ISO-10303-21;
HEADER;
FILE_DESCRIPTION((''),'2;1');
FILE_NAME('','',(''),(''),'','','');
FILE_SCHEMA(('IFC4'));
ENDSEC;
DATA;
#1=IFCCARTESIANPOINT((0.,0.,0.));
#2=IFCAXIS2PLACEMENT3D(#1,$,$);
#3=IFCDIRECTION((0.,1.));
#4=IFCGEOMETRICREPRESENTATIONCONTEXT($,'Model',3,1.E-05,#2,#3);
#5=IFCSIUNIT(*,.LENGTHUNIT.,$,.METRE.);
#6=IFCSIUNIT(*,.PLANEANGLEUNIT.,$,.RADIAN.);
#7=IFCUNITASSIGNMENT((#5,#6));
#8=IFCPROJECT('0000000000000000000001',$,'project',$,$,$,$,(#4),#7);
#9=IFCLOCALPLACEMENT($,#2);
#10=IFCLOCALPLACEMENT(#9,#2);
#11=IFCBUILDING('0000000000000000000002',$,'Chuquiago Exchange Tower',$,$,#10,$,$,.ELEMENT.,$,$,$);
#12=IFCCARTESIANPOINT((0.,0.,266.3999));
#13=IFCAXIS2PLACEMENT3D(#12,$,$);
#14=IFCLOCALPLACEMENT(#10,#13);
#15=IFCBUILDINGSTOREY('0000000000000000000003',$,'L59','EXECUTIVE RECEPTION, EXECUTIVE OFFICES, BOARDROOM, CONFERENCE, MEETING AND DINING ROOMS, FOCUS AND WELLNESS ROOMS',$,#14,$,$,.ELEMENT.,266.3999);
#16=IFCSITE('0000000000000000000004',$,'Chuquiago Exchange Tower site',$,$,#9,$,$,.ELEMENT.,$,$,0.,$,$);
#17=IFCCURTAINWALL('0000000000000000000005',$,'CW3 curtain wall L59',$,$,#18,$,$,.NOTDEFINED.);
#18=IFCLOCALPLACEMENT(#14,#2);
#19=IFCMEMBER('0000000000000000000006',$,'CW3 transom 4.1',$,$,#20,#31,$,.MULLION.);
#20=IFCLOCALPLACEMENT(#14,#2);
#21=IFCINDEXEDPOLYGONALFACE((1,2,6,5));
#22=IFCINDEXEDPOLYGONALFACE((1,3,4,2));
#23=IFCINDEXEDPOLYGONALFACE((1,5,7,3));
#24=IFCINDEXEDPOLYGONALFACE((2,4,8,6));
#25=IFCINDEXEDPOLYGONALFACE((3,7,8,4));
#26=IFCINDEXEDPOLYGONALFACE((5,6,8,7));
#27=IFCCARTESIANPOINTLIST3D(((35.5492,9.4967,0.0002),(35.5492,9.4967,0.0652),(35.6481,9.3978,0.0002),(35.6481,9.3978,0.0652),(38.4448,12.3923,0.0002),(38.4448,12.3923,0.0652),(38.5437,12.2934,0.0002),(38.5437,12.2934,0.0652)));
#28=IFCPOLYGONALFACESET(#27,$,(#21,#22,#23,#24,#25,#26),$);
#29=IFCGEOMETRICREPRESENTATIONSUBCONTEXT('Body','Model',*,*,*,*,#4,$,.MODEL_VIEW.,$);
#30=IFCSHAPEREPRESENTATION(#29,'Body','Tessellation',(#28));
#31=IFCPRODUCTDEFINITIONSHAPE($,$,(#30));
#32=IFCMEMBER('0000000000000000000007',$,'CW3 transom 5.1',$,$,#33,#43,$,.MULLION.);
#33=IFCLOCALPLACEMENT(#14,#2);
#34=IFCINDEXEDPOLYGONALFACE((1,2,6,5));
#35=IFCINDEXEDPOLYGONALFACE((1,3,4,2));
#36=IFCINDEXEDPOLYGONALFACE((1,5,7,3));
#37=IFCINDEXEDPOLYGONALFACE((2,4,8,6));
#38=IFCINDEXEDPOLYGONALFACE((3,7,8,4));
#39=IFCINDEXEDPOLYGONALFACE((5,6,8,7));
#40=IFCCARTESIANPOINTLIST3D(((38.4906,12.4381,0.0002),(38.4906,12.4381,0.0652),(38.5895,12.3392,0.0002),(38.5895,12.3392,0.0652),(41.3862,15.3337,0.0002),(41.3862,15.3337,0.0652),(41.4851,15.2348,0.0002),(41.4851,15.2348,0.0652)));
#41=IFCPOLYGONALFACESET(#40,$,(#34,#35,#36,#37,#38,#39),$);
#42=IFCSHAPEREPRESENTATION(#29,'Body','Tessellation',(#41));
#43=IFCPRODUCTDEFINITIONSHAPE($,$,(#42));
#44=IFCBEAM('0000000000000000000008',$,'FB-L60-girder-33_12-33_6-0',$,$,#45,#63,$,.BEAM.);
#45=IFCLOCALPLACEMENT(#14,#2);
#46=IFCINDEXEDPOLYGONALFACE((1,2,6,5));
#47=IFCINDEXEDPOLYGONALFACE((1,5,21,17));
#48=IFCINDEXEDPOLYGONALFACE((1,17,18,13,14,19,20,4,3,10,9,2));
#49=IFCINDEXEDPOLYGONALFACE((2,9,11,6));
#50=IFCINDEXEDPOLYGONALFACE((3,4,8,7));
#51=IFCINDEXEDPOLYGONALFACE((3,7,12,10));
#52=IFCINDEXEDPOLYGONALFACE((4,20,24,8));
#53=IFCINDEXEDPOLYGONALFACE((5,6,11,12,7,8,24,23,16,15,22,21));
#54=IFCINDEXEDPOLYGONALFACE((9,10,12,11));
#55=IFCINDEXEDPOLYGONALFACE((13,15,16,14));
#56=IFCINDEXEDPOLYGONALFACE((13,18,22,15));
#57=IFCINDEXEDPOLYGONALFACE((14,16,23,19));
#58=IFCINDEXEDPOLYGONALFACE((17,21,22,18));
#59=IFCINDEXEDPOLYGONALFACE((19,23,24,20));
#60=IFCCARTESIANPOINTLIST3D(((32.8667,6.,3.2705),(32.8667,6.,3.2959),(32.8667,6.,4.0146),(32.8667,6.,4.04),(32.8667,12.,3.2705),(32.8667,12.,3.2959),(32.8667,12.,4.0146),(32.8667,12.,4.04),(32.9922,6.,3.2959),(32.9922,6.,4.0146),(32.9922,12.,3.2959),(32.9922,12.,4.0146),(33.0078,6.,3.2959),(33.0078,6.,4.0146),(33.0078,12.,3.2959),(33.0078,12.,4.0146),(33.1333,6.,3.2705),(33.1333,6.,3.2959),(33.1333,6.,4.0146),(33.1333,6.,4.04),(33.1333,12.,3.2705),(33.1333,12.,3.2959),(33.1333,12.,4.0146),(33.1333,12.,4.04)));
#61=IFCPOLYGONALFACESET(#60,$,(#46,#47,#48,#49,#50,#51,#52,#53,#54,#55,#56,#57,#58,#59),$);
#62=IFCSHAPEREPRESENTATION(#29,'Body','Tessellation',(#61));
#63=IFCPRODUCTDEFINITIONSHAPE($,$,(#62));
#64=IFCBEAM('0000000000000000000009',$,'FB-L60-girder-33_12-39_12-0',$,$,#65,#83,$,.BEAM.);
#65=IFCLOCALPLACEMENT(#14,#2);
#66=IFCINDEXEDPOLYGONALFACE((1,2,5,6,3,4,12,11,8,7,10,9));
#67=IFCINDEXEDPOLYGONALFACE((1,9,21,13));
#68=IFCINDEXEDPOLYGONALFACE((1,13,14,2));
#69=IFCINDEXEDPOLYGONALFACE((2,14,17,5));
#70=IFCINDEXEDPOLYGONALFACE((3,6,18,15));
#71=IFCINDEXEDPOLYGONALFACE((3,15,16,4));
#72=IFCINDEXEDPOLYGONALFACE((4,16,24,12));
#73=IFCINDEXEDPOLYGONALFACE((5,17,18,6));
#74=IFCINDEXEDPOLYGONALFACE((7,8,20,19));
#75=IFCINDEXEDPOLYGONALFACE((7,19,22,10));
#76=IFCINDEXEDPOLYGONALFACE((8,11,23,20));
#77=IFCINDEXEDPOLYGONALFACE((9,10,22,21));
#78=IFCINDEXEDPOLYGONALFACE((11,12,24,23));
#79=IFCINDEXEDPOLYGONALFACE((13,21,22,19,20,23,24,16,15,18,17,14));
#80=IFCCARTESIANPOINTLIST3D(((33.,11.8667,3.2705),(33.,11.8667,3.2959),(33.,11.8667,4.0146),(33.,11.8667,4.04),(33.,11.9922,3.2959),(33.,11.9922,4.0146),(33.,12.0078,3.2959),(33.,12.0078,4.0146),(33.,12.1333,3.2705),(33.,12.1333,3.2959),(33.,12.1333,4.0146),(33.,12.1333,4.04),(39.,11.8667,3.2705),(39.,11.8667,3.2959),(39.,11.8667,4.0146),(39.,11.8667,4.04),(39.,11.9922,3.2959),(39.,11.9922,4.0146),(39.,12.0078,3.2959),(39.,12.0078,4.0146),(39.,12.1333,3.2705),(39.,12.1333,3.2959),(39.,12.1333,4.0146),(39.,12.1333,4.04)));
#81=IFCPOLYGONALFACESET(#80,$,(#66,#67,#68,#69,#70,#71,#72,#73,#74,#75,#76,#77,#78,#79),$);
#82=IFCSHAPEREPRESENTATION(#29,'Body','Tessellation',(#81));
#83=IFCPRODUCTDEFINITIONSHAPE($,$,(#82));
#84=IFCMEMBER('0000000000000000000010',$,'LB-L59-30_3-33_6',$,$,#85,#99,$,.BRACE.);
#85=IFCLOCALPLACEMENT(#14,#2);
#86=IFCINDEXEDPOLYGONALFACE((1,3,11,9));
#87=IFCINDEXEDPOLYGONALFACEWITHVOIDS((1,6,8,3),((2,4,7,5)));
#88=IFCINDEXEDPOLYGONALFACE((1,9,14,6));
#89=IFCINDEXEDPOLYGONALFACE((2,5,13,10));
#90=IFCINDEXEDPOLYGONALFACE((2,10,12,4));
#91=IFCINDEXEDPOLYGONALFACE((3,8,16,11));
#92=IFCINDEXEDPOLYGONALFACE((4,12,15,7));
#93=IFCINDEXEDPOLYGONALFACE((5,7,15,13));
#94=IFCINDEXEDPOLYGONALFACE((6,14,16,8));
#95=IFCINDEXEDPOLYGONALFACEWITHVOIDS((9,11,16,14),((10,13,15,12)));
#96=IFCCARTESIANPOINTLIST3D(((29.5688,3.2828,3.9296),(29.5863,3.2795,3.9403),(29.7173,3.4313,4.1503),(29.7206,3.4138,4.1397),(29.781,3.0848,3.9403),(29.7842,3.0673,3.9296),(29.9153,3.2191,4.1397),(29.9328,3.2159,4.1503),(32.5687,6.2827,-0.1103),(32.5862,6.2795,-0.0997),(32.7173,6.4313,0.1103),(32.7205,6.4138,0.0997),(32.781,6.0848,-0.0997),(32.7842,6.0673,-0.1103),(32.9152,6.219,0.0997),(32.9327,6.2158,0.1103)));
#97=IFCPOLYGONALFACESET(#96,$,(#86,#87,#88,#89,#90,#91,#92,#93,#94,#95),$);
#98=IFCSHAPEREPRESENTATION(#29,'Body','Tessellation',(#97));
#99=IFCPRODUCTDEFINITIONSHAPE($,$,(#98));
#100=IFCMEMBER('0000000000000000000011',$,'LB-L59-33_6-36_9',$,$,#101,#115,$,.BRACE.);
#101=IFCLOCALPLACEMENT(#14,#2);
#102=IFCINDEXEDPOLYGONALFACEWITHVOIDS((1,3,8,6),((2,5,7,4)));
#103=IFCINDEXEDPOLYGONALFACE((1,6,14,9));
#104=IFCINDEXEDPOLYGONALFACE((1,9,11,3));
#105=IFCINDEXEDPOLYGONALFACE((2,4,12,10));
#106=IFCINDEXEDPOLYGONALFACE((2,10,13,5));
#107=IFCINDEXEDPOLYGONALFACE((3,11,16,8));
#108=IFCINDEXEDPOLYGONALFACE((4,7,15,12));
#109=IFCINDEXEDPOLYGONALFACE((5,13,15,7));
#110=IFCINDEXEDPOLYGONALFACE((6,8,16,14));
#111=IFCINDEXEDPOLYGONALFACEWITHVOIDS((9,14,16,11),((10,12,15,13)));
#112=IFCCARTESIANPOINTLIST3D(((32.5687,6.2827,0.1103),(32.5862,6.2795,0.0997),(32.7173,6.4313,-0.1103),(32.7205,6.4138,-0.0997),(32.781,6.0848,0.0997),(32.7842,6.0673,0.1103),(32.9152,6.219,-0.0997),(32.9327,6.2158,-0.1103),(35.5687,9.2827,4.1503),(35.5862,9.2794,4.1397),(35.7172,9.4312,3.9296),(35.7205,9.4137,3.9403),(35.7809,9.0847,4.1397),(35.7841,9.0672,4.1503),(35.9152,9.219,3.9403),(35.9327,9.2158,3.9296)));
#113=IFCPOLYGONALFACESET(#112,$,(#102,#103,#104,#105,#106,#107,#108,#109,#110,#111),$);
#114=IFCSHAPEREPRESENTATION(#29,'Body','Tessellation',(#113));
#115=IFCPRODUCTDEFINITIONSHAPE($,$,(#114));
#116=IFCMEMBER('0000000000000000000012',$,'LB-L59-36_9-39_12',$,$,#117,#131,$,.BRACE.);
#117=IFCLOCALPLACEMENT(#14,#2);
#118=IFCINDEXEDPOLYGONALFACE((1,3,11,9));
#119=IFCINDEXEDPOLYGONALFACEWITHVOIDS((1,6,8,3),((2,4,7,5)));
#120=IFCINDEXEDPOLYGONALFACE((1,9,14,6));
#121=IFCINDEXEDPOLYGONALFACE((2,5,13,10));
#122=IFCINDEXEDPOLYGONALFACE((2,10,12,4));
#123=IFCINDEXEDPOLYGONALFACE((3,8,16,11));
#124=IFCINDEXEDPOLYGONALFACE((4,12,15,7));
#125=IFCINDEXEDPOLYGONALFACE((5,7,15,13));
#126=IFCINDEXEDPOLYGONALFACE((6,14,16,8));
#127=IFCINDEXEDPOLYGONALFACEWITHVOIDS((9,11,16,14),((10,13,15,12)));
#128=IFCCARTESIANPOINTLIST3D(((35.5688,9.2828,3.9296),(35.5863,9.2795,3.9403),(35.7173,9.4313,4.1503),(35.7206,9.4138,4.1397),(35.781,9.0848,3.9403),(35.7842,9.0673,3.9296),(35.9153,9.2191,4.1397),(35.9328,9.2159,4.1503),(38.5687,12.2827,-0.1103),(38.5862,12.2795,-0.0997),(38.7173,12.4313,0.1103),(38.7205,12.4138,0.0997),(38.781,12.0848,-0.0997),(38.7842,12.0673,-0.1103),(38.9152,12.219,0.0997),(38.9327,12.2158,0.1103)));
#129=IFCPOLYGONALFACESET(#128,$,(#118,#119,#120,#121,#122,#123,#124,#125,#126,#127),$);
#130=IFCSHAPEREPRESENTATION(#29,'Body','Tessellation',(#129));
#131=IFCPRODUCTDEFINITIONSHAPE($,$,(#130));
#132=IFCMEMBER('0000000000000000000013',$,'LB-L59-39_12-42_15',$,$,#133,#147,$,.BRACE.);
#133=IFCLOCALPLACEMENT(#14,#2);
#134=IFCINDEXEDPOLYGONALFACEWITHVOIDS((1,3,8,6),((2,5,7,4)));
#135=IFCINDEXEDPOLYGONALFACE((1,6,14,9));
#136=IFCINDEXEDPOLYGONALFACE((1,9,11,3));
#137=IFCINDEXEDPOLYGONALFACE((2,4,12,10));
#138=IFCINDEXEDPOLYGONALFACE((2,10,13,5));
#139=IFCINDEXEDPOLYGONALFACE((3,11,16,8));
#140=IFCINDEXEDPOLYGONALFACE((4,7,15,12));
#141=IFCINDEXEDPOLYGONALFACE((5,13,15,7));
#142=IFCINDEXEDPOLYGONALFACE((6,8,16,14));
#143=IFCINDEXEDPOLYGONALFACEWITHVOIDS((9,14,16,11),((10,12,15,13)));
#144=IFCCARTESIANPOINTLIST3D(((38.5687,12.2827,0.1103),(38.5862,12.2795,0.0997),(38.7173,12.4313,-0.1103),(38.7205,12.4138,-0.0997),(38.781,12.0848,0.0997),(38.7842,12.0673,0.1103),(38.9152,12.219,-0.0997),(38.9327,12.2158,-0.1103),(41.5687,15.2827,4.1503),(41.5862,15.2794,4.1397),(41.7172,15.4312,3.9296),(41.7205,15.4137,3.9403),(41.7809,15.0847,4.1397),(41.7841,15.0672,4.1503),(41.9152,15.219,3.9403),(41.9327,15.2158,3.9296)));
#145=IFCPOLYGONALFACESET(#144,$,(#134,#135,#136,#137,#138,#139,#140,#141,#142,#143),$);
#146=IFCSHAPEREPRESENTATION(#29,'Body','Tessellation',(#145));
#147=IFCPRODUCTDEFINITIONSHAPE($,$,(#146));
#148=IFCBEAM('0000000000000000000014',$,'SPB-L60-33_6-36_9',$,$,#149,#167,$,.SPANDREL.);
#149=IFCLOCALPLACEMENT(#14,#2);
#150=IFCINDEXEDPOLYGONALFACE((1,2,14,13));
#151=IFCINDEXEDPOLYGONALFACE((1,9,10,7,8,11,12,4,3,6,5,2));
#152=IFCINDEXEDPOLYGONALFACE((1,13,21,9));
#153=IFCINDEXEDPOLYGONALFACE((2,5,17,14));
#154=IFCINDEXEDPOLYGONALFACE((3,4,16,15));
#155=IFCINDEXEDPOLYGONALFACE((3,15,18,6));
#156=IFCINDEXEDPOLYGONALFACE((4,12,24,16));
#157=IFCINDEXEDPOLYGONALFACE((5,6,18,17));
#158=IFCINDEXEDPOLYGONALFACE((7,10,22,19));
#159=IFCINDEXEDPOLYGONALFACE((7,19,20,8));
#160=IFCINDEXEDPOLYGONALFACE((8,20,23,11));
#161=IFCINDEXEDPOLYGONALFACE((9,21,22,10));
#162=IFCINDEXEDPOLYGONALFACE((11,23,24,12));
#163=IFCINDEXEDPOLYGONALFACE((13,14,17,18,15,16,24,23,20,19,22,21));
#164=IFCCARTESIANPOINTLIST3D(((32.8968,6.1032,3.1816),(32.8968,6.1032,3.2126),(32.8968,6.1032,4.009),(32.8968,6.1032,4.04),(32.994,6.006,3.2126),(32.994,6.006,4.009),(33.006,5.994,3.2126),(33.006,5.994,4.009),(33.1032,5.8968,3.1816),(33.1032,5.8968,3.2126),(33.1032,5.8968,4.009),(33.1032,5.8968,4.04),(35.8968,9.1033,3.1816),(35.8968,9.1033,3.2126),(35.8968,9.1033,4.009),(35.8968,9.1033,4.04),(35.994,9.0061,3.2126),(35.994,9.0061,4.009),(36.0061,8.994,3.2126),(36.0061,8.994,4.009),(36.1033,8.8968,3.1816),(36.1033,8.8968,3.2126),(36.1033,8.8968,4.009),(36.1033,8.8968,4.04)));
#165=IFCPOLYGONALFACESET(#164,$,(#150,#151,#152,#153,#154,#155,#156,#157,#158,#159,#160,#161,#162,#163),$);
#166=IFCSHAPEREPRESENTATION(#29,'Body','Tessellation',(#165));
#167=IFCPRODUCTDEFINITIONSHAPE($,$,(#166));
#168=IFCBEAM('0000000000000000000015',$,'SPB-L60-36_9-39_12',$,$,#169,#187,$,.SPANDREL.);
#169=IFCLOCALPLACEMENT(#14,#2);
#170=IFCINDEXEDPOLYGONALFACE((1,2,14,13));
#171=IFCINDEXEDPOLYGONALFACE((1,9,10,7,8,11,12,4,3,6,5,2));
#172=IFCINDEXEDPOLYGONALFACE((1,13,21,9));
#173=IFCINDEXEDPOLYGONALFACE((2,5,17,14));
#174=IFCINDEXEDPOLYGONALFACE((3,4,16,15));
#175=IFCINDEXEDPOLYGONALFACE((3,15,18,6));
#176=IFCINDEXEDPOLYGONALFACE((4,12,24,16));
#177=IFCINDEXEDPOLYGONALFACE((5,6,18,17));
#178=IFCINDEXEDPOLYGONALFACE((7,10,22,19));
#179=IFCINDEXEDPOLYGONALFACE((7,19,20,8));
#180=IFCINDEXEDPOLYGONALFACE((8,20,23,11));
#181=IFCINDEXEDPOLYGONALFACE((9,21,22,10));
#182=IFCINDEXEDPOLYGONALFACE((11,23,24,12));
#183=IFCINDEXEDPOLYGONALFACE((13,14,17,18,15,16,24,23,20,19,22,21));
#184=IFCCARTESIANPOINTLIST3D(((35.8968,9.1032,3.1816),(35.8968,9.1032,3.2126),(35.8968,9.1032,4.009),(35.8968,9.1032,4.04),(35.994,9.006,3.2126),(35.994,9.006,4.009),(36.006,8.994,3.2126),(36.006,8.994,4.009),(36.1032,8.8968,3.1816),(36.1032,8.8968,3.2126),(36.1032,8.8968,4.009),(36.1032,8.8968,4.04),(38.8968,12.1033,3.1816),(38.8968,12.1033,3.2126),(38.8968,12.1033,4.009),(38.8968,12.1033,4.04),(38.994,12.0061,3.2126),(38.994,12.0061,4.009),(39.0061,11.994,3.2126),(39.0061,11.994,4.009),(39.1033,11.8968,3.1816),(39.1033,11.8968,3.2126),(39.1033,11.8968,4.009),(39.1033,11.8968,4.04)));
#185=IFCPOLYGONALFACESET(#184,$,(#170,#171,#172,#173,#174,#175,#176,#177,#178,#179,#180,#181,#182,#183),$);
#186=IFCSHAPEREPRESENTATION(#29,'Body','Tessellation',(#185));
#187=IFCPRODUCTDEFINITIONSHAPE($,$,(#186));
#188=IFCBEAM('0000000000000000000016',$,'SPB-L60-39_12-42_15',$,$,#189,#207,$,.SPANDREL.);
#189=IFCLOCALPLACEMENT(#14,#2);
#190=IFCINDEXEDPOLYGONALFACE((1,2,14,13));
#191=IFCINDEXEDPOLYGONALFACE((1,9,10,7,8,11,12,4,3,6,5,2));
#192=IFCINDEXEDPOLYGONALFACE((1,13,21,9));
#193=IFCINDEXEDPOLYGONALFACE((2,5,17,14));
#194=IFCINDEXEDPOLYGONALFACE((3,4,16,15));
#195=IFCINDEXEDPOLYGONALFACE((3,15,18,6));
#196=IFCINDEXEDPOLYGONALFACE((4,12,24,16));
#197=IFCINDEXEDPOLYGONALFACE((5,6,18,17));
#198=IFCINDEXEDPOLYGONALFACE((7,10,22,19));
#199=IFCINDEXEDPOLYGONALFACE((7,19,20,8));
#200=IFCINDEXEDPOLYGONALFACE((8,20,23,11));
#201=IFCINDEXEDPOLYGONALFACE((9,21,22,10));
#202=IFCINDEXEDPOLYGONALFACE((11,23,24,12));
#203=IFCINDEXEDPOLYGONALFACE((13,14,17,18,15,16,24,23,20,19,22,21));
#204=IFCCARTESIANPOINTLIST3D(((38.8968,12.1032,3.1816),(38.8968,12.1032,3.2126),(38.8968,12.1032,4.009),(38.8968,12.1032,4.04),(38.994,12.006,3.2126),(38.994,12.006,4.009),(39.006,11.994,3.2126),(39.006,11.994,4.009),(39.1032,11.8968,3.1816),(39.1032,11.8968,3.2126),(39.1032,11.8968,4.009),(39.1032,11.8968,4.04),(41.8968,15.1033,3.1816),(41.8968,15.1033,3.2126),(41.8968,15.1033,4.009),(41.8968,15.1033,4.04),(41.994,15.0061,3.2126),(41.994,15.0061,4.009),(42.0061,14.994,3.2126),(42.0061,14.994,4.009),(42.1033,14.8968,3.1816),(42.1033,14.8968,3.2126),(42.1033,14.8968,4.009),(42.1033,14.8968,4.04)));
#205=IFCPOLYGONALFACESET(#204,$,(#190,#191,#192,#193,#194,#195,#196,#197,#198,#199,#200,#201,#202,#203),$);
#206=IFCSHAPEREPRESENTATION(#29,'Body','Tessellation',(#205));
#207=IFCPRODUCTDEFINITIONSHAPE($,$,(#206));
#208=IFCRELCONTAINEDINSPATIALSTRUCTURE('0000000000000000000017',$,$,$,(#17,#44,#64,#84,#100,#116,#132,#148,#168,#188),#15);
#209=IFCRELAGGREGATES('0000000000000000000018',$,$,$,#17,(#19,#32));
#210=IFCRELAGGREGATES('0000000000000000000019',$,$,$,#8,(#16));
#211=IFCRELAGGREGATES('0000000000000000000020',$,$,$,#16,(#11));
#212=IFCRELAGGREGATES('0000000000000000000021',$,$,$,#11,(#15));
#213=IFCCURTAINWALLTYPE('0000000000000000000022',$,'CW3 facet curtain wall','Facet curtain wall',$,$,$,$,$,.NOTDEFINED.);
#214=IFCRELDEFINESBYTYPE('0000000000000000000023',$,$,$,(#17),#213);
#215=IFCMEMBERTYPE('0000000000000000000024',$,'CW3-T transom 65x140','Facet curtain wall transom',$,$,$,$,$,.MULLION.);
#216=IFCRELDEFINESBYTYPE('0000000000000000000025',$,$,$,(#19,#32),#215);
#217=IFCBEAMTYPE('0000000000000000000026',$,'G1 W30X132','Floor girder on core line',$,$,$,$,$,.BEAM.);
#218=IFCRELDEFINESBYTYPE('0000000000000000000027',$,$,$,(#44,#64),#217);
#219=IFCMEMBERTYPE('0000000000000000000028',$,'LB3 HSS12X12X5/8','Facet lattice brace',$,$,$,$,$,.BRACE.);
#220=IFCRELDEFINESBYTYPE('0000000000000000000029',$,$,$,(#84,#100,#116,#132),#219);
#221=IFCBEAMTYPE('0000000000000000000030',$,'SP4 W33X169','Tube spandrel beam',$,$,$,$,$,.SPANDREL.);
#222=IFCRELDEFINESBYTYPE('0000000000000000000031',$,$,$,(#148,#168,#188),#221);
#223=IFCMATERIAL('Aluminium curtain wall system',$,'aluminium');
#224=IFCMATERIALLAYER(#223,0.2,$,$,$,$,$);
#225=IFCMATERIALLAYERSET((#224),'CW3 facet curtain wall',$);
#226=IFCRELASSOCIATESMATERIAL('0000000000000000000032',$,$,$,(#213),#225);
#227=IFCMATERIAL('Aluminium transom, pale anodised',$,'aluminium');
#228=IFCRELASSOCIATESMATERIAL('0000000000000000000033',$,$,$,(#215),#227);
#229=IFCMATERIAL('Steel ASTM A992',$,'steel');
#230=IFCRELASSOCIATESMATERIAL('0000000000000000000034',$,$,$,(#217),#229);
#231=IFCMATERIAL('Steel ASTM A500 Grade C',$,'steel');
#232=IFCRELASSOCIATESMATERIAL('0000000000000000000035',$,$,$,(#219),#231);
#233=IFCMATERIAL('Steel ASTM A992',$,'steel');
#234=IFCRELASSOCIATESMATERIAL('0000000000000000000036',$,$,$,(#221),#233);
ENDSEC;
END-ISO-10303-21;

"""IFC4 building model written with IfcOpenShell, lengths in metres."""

from ifc_helpers import new_model, si_unit, direction, frame, origin, origin_2d, place, context, subcontext, project, spatial, rectangle, hollow_rectangle, i_section, extrude, material, layer, layer_set, material_profile, profile_set, type_object, element, aggregate, save


model = new_model("IFC4")

# Units and contexts
model_context = context("Model", 3, precision=1e-05, world=origin(), true_north=direction((0.0, 1.0)))
body_context = subcontext(model_context, "Body", "Model", "MODEL_VIEW")
ifc_project = project(units=[si_unit("LENGTHUNIT", "METRE"), si_unit("PLANEANGLEUNIT", "RADIAN")], contexts=[model_context])

# Site, building, storey
site_placement = place(None, origin())
site = spatial("IfcSite", under=ifc_project, at=site_placement, Name="Chuquiago Exchange Tower site", CompositionType="ELEMENT", RefElevation=0.0)
building_placement = place(site_placement, origin())
building = spatial("IfcBuilding", under=site, at=building_placement, Name="Chuquiago Exchange Tower", CompositionType="ELEMENT")
storey_placement = place(building_placement, frame((0.0, 0.0, 266.3999)))
storey = spatial("IfcBuildingStorey", under=building, at=storey_placement, Name="L59", Description="EXECUTIVE RECEPTION, EXECUTIVE OFFICES, BOARDROOM, CONFERENCE, MEETING AND DINING ROOMS, FOCUS AND WELLNESS ROOMS", CompositionType="ELEMENT", Elevation=266.3999)

# Curtain wall, members
ifc_material_1 = material(Name="Aluminium curtain wall system", Category="aluminium")
ifc_layer_1 = layer(ifc_material_1, 0.2)
ifc_layer_set_1 = layer_set([ifc_layer_1], Name="CW3 facet curtain wall")
curtain_wall_type = type_object("IfcCurtainWallType", Name="CW3 facet curtain wall", Description="Facet curtain wall", PredefinedType="NOTDEFINED", material=ifc_layer_set_1)
curtain_wall_placement = place(storey_placement, origin())
curtain_wall = element("IfcCurtainWall", 1, at=curtain_wall_placement, inside=storey, type_object=curtain_wall_type, Name="CW3 curtain wall L59", PredefinedType="NOTDEFINED")
ifc_material_2 = material(Name="Aluminium transom, pale anodised", Category="aluminium")
ifc_material_profile_1 = material_profile(ifc_material_2, rectangle(XDim=0.1399, YDim=0.0649, at=origin_2d()), Name="AL 140x65")
ifc_profile_set_1 = profile_set([ifc_material_profile_1], Name="Aluminium transom, pale anodised")
member_type_1 = type_object("IfcMemberType", Name="CW3-T transom 65x140", Description="Facet curtain wall transom", PredefinedType="MULLION", material=ifc_profile_set_1)
member_1_placement = place(storey_placement, frame((35.5986, 9.4473, 0.0327), z_axis=(0.707107, 0.707107, 0.0), x_axis=(-0.707107, 0.707107, 0.0)))
member_1 = element("IfcMember", 2, at=member_1_placement, type_object=member_type_1, Name="CW3 transom 4.1", PredefinedType="MULLION", context=body_context, shape_type="SweptSolid", body=[
    extrude(rectangle(XDim=0.1399, YDim=0.0649, at=origin_2d()), origin(), (0.0, 0.0, 1.0), 4.095),
])
member_2_placement = place(storey_placement, frame((38.54, 12.3887, 0.0327), z_axis=(0.707107, 0.707107, 0.0), x_axis=(-0.707107, 0.707107, 0.0)))
member_2 = element("IfcMember", 3, at=member_2_placement, type_object=member_type_1, Name="CW3 transom 5.1", PredefinedType="MULLION", context=body_context, shape_type="SweptSolid", body=[
    extrude(rectangle(XDim=0.1399, YDim=0.0649, at=origin_2d()), origin(), (0.0, 0.0, 1.0), 4.095),
])

# Beams
ifc_material_3 = material(Name="Steel ASTM A992", Category="steel")
ifc_material_profile_2 = material_profile(ifc_material_3, i_section(OverallWidth=0.2666, OverallDepth=0.7695, WebThickness=0.0156, FlangeThickness=0.0254, at=origin_2d()), Name="W30X132")
ifc_profile_set_2 = profile_set([ifc_material_profile_2], Name="Steel ASTM A992")
beam_type_1 = type_object("IfcBeamType", Name="G1 W30X132", Description="Floor girder on core line", PredefinedType="BEAM", material=ifc_profile_set_2)
for number, where, z_axis, x_axis, name in (
    (4, (33.0, 12.0, 3.6553), (0.0, -1.0, 0.0), (1.0, 0.0, 0.0), "FB-L60-girder-33_12-33_6-0"),
    (5, (33.0, 12.0, 3.6553), (1.0, 0.0, 0.0), (0.0, 1.0, 0.0), "FB-L60-girder-33_12-39_12-0"),
):
    element("IfcBeam", number, at=place(storey_placement, frame(where, z_axis=z_axis, x_axis=x_axis)), inside=storey, type_object=beam_type_1, Name=name, PredefinedType="BEAM", context=body_context, shape_type="SweptSolid", body=[
        extrude(i_section(OverallWidth=0.2666, OverallDepth=0.7695, WebThickness=0.0156, FlangeThickness=0.0254, at=origin_2d()), origin(), (0.0, 0.0, 1.0), 6.0),
    ])

# Members
ifc_material_4 = material(Name="Steel ASTM A500 Grade C", Category="steel")
ifc_material_profile_3 = material_profile(ifc_material_4, hollow_rectangle(XDim=0.3047, YDim=0.3047, WallThickness=0.0146, at=origin_2d()), Name="HSS12X12X5/8")
ifc_profile_set_3 = profile_set([ifc_material_profile_3], Name="Steel ASTM A500 Grade C")
member_type_2 = type_object("IfcMemberType", Name="LB3 HSS12X12X5/8", Description="Facet lattice brace", PredefinedType="BRACE", material=ifc_profile_set_3)
for number, where, z_axis, x_axis, name in (
    (6, (32.7507, 6.2493, 0.0), (-0.512077, -0.512077, 0.689604), (0.707107, -0.707107, 0.0), "LB-L59-30_3-33_6"),
    (7, (32.7507, 6.2493, 0.0), (0.512077, 0.512077, 0.689604), (-0.707107, 0.707107, 0.0), "LB-L59-33_6-36_9"),
    (8, (38.7507, 12.2493, 0.0), (-0.512077, -0.512077, 0.689604), (0.707107, -0.707107, 0.0), "LB-L59-36_9-39_12"),
    (9, (38.7507, 12.2493, 0.0), (0.512077, 0.512077, 0.689604), (-0.707107, 0.707107, 0.0), "LB-L59-39_12-42_15"),
):
    element("IfcMember", number, at=place(storey_placement, frame(where, z_axis=z_axis, x_axis=x_axis)), inside=storey, type_object=member_type_2, Name=name, PredefinedType="BRACE", context=body_context, shape_type="SweptSolid", body=[
        extrude(hollow_rectangle(XDim=0.3047, YDim=0.3047, WallThickness=0.0146, at=origin_2d()), origin(), (0.0, 0.0, 1.0), 5.8584),
    ])

# Beams
ifc_material_5 = material(Name="Steel ASTM A992", Category="steel")
ifc_material_profile_4 = material_profile(ifc_material_5, i_section(OverallWidth=0.292, OverallDepth=0.8584, WebThickness=0.0171, FlangeThickness=0.031, at=origin_2d()), Name="W33X169")
ifc_profile_set_4 = profile_set([ifc_material_profile_4], Name="Steel ASTM A992")
beam_type_2 = type_object("IfcBeamType", Name="SP4 W33X169", Description="Tube spandrel beam", PredefinedType="SPANDREL", material=ifc_profile_set_4)
for number, where, z_axis, x_axis, name in (
    (10, (33.0, 6.0, 3.6108), (0.707107, 0.707107, 0.0), (-0.707107, 0.707107, 0.0), "SPB-L60-33_6-36_9"),
    (11, (36.0, 9.0, 3.6108), (0.707107, 0.707107, 0.0), (-0.707107, 0.707107, 0.0), "SPB-L60-36_9-39_12"),
    (12, (39.0, 12.0, 3.6108), (0.707107, 0.707107, 0.0), (-0.707107, 0.707107, 0.0), "SPB-L60-39_12-42_15"),
):
    element("IfcBeam", number, at=place(storey_placement, frame(where, z_axis=z_axis, x_axis=x_axis)), inside=storey, type_object=beam_type_2, Name=name, PredefinedType="SPANDREL", context=body_context, shape_type="SweptSolid", body=[
        extrude(i_section(OverallWidth=0.292, OverallDepth=0.8584, WebThickness=0.0171, FlangeThickness=0.031, at=origin_2d()), origin(), (0.0, 0.0, 1.0), 4.2427),
    ])

aggregate(curtain_wall, [member_1, member_2])

save(model, "model.ifc")
